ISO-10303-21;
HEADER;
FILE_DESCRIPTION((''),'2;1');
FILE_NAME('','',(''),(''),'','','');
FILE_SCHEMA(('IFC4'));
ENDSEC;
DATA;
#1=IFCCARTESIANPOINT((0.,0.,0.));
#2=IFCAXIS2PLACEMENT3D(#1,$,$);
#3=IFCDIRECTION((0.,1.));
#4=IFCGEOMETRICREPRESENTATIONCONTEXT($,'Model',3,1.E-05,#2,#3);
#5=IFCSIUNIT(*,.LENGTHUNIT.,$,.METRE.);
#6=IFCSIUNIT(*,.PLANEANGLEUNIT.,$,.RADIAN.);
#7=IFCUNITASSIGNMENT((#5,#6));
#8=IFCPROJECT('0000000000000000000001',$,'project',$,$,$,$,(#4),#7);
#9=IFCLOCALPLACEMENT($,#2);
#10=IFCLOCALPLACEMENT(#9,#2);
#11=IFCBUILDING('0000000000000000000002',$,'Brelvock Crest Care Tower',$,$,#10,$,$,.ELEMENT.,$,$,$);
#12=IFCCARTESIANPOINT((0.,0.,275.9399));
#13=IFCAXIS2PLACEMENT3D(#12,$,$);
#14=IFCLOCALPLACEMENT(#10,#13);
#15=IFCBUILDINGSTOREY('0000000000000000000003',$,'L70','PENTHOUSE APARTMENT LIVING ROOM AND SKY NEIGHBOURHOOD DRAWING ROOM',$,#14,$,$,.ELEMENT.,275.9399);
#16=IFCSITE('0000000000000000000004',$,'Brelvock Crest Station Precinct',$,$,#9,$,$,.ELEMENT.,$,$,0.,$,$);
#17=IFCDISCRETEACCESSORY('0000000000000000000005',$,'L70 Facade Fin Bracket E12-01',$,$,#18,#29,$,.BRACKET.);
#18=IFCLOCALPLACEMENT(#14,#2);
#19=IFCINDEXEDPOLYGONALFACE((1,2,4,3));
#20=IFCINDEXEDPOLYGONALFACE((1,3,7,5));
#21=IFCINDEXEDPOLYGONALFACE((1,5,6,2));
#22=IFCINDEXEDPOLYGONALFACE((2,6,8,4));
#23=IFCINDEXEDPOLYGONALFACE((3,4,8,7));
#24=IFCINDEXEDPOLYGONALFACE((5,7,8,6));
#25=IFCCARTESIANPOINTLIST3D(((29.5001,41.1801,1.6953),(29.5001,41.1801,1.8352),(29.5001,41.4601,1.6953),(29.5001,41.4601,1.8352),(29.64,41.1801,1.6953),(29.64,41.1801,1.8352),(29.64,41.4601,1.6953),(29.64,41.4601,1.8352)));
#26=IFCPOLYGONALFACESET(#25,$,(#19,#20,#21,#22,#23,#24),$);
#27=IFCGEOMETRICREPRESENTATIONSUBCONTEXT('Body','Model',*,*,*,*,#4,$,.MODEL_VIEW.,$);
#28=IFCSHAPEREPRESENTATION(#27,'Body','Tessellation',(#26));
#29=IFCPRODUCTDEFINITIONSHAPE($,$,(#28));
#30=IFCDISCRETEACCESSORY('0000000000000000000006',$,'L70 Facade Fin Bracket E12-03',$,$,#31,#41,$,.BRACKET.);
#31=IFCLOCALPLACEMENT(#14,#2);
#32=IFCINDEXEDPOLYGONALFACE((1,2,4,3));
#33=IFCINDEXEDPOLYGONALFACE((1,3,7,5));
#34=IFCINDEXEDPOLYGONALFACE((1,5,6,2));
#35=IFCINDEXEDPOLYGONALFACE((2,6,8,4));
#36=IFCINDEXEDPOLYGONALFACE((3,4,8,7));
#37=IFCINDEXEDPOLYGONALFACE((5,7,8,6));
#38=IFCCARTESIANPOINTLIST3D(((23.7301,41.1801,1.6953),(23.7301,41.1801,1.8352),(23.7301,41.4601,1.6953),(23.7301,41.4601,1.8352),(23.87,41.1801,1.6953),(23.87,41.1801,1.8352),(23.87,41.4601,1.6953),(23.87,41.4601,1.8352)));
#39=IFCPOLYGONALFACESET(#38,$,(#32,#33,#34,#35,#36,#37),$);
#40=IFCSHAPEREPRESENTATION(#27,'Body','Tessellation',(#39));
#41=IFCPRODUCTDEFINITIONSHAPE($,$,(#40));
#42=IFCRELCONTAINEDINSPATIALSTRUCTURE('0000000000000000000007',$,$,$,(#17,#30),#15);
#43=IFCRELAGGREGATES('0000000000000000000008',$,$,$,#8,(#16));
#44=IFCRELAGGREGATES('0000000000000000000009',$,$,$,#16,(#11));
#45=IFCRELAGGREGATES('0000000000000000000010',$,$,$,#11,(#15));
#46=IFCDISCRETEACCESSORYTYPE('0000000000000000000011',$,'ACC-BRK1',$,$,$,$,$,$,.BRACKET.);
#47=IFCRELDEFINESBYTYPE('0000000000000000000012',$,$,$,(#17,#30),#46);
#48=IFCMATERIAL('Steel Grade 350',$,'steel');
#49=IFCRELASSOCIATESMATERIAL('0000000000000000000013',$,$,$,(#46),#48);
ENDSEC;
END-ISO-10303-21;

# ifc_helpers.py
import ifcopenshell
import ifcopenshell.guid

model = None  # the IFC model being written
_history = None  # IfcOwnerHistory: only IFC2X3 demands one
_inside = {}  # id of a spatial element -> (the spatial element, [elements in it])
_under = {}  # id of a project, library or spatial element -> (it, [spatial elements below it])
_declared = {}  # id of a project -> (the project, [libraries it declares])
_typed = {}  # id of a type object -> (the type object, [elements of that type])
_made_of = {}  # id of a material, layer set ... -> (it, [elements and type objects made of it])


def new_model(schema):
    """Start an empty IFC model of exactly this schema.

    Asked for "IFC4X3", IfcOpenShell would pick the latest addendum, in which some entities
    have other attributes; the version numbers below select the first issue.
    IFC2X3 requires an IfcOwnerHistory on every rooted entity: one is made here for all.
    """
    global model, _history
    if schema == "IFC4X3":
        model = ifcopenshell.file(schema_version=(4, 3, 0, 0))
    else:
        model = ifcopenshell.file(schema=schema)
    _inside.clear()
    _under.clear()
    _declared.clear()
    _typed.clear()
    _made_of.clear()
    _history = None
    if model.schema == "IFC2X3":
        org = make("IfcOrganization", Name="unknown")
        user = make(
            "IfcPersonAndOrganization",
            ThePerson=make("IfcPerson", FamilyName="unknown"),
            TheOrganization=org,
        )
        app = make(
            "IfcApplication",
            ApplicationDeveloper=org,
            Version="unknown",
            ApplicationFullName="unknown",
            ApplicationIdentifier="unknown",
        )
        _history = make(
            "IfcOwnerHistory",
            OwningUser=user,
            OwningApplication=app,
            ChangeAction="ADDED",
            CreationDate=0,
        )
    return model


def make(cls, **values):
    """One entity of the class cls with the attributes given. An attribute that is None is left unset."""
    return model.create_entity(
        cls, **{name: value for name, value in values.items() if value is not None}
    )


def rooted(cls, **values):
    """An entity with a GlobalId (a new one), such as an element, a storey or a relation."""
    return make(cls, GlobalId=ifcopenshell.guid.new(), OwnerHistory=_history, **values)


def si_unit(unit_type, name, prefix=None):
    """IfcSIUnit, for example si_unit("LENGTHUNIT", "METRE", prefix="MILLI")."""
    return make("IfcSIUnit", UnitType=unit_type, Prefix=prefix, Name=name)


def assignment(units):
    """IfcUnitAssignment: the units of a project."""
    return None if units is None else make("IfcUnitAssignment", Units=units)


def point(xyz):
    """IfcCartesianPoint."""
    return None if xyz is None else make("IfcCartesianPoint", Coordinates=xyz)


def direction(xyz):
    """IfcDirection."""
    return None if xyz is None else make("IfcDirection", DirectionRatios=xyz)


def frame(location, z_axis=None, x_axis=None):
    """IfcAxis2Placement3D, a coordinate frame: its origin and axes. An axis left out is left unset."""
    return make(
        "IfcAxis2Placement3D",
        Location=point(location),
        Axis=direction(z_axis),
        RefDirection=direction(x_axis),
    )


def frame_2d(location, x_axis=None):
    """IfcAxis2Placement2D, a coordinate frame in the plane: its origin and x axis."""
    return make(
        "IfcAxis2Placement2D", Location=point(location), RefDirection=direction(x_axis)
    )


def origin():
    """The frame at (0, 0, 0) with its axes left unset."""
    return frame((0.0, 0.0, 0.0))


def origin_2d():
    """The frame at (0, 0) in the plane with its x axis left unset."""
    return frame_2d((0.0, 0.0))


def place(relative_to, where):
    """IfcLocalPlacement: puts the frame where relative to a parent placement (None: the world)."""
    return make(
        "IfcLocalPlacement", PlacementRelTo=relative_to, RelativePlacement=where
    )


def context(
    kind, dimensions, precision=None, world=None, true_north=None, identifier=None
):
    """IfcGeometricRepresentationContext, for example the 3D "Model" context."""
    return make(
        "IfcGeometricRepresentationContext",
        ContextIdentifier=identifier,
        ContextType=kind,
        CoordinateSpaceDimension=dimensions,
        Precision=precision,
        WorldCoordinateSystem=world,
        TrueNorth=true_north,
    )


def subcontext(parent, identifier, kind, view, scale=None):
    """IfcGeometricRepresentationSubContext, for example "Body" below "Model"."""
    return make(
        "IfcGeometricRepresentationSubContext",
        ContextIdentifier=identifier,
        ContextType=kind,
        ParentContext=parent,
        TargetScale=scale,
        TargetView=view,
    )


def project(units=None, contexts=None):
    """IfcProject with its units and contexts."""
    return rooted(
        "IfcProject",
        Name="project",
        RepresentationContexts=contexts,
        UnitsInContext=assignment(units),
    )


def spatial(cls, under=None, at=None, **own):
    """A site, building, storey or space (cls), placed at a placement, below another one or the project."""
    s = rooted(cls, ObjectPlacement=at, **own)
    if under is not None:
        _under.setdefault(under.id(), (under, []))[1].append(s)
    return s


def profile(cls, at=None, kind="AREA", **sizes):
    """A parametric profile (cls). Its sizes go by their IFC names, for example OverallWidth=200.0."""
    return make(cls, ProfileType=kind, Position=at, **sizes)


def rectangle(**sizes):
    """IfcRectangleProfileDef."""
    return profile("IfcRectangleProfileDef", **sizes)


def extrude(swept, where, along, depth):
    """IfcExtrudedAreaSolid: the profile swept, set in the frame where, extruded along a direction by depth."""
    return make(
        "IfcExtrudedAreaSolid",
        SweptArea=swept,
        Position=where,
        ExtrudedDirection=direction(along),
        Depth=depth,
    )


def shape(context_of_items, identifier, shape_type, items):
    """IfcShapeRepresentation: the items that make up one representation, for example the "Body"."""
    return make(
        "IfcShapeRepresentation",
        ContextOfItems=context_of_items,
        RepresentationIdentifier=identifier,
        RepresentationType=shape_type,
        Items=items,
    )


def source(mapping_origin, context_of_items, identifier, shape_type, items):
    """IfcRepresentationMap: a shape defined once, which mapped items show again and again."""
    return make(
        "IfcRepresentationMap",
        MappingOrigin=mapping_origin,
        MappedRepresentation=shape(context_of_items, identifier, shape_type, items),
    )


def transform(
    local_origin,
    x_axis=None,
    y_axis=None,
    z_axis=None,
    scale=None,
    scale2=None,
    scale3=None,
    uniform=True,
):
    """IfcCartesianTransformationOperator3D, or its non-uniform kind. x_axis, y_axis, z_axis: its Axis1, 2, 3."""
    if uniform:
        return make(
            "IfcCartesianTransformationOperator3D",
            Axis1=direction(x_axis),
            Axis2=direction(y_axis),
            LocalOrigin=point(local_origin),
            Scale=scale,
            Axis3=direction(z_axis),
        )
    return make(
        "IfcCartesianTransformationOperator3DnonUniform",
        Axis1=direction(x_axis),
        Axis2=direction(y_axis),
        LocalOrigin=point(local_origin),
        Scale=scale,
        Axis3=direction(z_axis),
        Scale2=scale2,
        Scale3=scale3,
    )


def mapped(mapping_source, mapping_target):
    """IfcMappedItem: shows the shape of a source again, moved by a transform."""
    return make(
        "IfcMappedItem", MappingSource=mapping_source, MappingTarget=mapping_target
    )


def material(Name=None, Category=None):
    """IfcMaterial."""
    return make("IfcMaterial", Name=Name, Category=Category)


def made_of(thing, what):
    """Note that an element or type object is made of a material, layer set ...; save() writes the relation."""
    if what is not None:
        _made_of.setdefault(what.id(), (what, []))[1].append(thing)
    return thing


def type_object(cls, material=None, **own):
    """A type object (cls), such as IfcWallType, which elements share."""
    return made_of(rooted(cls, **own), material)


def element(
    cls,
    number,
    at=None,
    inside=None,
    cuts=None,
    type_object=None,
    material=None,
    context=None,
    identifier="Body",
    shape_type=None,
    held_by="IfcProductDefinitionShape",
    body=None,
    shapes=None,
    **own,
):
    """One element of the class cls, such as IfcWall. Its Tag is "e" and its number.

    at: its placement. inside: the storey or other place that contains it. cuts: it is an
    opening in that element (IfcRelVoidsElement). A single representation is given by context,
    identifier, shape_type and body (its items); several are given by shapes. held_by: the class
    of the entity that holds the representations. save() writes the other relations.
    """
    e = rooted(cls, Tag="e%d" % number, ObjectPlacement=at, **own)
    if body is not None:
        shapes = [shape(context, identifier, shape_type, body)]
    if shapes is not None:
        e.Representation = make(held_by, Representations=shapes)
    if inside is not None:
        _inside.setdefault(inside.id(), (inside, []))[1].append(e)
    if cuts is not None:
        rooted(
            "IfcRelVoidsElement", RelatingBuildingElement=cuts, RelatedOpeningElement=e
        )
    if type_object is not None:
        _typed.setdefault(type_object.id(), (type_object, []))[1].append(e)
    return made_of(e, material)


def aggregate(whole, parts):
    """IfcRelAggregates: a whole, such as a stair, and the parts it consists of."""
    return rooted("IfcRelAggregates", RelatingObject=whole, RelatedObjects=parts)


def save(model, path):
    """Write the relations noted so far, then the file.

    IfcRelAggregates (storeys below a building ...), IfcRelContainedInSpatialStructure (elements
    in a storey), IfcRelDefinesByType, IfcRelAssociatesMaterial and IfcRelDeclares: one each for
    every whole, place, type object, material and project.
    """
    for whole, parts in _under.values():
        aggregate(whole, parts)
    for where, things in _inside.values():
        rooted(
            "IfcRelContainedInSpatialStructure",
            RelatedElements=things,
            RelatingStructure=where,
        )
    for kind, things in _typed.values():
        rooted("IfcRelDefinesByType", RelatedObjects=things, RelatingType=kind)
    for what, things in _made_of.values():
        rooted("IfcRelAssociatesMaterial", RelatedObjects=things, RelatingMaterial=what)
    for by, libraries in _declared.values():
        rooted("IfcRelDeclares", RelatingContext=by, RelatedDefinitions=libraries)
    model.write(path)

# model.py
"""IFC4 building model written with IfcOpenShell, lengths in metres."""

from ifc_helpers import new_model, si_unit, direction, frame, origin, origin_2d, place, context, subcontext, project, spatial, rectangle, extrude, source, transform, mapped, material, type_object, element, save


model = new_model("IFC4")

# Units and contexts
model_context = context("Model", 3, precision=1e-05, world=origin(), true_north=direction((0.0, 1.0)))
body_context = subcontext(model_context, "Body", "Model", "MODEL_VIEW")
ifc_project = project(units=[si_unit("LENGTHUNIT", "METRE"), si_unit("PLANEANGLEUNIT", "RADIAN")], contexts=[model_context])

# Site, building, storey
site_placement = place(None, origin())
site = spatial("IfcSite", under=ifc_project, at=site_placement, Name="Brelvock Crest Station Precinct", CompositionType="ELEMENT", RefElevation=0.0)
building_placement = place(site_placement, origin())
building = spatial("IfcBuilding", under=site, at=building_placement, Name="Brelvock Crest Care Tower", CompositionType="ELEMENT")
storey_placement = place(building_placement, frame((0.0, 0.0, 275.9399)))
storey = spatial("IfcBuildingStorey", under=building, at=storey_placement, Name="L70", Description="PENTHOUSE APARTMENT LIVING ROOM AND SKY NEIGHBOURHOOD DRAWING ROOM", CompositionType="ELEMENT", Elevation=275.9399)

# Shared definitions
ifc_material_1 = material(Name="Steel Grade 350", Category="steel")

# Discrete accessories
discrete_accessory_type = type_object("IfcDiscreteAccessoryType", Name="ACC-BRK1", PredefinedType="BRACKET", material=ifc_material_1)
shared_shape_1 = source(origin(), body_context, "Body", "SweptSolid", [
    extrude(rectangle(XDim=0.28, YDim=0.1399, at=origin_2d()), origin(), (0.0, 0.0, 1.0), 0.1399),
])
for number, where, z_axis, x_axis, name in (
    (1, (29.5701, 41.3201, 1.6953), (0.0, 0.0, 1.0), (0.0, -1.0, 0.0), "L70 Facade Fin Bracket E12-01"),
    (2, (23.8, 41.3201, 1.6953), (0.0, 0.0, 1.0), (0.0, -1.0, 0.0), "L70 Facade Fin Bracket E12-03"),
):
    element("IfcDiscreteAccessory", number, at=place(storey_placement, frame(where, z_axis=z_axis, x_axis=x_axis)), inside=storey, type_object=discrete_accessory_type, Name=name, PredefinedType="BRACKET", context=body_context, shape_type="MappedRepresentation", body=[
        mapped(shared_shape_1, transform((0.0, 0.0, 0.0), x_axis=(1.0, 0.0, 0.0), y_axis=(0.0, 1.0, 0.0), z_axis=(0.0, 0.0, 1.0), scale=1.0)),
    ])

save(model, "model.ifc")
